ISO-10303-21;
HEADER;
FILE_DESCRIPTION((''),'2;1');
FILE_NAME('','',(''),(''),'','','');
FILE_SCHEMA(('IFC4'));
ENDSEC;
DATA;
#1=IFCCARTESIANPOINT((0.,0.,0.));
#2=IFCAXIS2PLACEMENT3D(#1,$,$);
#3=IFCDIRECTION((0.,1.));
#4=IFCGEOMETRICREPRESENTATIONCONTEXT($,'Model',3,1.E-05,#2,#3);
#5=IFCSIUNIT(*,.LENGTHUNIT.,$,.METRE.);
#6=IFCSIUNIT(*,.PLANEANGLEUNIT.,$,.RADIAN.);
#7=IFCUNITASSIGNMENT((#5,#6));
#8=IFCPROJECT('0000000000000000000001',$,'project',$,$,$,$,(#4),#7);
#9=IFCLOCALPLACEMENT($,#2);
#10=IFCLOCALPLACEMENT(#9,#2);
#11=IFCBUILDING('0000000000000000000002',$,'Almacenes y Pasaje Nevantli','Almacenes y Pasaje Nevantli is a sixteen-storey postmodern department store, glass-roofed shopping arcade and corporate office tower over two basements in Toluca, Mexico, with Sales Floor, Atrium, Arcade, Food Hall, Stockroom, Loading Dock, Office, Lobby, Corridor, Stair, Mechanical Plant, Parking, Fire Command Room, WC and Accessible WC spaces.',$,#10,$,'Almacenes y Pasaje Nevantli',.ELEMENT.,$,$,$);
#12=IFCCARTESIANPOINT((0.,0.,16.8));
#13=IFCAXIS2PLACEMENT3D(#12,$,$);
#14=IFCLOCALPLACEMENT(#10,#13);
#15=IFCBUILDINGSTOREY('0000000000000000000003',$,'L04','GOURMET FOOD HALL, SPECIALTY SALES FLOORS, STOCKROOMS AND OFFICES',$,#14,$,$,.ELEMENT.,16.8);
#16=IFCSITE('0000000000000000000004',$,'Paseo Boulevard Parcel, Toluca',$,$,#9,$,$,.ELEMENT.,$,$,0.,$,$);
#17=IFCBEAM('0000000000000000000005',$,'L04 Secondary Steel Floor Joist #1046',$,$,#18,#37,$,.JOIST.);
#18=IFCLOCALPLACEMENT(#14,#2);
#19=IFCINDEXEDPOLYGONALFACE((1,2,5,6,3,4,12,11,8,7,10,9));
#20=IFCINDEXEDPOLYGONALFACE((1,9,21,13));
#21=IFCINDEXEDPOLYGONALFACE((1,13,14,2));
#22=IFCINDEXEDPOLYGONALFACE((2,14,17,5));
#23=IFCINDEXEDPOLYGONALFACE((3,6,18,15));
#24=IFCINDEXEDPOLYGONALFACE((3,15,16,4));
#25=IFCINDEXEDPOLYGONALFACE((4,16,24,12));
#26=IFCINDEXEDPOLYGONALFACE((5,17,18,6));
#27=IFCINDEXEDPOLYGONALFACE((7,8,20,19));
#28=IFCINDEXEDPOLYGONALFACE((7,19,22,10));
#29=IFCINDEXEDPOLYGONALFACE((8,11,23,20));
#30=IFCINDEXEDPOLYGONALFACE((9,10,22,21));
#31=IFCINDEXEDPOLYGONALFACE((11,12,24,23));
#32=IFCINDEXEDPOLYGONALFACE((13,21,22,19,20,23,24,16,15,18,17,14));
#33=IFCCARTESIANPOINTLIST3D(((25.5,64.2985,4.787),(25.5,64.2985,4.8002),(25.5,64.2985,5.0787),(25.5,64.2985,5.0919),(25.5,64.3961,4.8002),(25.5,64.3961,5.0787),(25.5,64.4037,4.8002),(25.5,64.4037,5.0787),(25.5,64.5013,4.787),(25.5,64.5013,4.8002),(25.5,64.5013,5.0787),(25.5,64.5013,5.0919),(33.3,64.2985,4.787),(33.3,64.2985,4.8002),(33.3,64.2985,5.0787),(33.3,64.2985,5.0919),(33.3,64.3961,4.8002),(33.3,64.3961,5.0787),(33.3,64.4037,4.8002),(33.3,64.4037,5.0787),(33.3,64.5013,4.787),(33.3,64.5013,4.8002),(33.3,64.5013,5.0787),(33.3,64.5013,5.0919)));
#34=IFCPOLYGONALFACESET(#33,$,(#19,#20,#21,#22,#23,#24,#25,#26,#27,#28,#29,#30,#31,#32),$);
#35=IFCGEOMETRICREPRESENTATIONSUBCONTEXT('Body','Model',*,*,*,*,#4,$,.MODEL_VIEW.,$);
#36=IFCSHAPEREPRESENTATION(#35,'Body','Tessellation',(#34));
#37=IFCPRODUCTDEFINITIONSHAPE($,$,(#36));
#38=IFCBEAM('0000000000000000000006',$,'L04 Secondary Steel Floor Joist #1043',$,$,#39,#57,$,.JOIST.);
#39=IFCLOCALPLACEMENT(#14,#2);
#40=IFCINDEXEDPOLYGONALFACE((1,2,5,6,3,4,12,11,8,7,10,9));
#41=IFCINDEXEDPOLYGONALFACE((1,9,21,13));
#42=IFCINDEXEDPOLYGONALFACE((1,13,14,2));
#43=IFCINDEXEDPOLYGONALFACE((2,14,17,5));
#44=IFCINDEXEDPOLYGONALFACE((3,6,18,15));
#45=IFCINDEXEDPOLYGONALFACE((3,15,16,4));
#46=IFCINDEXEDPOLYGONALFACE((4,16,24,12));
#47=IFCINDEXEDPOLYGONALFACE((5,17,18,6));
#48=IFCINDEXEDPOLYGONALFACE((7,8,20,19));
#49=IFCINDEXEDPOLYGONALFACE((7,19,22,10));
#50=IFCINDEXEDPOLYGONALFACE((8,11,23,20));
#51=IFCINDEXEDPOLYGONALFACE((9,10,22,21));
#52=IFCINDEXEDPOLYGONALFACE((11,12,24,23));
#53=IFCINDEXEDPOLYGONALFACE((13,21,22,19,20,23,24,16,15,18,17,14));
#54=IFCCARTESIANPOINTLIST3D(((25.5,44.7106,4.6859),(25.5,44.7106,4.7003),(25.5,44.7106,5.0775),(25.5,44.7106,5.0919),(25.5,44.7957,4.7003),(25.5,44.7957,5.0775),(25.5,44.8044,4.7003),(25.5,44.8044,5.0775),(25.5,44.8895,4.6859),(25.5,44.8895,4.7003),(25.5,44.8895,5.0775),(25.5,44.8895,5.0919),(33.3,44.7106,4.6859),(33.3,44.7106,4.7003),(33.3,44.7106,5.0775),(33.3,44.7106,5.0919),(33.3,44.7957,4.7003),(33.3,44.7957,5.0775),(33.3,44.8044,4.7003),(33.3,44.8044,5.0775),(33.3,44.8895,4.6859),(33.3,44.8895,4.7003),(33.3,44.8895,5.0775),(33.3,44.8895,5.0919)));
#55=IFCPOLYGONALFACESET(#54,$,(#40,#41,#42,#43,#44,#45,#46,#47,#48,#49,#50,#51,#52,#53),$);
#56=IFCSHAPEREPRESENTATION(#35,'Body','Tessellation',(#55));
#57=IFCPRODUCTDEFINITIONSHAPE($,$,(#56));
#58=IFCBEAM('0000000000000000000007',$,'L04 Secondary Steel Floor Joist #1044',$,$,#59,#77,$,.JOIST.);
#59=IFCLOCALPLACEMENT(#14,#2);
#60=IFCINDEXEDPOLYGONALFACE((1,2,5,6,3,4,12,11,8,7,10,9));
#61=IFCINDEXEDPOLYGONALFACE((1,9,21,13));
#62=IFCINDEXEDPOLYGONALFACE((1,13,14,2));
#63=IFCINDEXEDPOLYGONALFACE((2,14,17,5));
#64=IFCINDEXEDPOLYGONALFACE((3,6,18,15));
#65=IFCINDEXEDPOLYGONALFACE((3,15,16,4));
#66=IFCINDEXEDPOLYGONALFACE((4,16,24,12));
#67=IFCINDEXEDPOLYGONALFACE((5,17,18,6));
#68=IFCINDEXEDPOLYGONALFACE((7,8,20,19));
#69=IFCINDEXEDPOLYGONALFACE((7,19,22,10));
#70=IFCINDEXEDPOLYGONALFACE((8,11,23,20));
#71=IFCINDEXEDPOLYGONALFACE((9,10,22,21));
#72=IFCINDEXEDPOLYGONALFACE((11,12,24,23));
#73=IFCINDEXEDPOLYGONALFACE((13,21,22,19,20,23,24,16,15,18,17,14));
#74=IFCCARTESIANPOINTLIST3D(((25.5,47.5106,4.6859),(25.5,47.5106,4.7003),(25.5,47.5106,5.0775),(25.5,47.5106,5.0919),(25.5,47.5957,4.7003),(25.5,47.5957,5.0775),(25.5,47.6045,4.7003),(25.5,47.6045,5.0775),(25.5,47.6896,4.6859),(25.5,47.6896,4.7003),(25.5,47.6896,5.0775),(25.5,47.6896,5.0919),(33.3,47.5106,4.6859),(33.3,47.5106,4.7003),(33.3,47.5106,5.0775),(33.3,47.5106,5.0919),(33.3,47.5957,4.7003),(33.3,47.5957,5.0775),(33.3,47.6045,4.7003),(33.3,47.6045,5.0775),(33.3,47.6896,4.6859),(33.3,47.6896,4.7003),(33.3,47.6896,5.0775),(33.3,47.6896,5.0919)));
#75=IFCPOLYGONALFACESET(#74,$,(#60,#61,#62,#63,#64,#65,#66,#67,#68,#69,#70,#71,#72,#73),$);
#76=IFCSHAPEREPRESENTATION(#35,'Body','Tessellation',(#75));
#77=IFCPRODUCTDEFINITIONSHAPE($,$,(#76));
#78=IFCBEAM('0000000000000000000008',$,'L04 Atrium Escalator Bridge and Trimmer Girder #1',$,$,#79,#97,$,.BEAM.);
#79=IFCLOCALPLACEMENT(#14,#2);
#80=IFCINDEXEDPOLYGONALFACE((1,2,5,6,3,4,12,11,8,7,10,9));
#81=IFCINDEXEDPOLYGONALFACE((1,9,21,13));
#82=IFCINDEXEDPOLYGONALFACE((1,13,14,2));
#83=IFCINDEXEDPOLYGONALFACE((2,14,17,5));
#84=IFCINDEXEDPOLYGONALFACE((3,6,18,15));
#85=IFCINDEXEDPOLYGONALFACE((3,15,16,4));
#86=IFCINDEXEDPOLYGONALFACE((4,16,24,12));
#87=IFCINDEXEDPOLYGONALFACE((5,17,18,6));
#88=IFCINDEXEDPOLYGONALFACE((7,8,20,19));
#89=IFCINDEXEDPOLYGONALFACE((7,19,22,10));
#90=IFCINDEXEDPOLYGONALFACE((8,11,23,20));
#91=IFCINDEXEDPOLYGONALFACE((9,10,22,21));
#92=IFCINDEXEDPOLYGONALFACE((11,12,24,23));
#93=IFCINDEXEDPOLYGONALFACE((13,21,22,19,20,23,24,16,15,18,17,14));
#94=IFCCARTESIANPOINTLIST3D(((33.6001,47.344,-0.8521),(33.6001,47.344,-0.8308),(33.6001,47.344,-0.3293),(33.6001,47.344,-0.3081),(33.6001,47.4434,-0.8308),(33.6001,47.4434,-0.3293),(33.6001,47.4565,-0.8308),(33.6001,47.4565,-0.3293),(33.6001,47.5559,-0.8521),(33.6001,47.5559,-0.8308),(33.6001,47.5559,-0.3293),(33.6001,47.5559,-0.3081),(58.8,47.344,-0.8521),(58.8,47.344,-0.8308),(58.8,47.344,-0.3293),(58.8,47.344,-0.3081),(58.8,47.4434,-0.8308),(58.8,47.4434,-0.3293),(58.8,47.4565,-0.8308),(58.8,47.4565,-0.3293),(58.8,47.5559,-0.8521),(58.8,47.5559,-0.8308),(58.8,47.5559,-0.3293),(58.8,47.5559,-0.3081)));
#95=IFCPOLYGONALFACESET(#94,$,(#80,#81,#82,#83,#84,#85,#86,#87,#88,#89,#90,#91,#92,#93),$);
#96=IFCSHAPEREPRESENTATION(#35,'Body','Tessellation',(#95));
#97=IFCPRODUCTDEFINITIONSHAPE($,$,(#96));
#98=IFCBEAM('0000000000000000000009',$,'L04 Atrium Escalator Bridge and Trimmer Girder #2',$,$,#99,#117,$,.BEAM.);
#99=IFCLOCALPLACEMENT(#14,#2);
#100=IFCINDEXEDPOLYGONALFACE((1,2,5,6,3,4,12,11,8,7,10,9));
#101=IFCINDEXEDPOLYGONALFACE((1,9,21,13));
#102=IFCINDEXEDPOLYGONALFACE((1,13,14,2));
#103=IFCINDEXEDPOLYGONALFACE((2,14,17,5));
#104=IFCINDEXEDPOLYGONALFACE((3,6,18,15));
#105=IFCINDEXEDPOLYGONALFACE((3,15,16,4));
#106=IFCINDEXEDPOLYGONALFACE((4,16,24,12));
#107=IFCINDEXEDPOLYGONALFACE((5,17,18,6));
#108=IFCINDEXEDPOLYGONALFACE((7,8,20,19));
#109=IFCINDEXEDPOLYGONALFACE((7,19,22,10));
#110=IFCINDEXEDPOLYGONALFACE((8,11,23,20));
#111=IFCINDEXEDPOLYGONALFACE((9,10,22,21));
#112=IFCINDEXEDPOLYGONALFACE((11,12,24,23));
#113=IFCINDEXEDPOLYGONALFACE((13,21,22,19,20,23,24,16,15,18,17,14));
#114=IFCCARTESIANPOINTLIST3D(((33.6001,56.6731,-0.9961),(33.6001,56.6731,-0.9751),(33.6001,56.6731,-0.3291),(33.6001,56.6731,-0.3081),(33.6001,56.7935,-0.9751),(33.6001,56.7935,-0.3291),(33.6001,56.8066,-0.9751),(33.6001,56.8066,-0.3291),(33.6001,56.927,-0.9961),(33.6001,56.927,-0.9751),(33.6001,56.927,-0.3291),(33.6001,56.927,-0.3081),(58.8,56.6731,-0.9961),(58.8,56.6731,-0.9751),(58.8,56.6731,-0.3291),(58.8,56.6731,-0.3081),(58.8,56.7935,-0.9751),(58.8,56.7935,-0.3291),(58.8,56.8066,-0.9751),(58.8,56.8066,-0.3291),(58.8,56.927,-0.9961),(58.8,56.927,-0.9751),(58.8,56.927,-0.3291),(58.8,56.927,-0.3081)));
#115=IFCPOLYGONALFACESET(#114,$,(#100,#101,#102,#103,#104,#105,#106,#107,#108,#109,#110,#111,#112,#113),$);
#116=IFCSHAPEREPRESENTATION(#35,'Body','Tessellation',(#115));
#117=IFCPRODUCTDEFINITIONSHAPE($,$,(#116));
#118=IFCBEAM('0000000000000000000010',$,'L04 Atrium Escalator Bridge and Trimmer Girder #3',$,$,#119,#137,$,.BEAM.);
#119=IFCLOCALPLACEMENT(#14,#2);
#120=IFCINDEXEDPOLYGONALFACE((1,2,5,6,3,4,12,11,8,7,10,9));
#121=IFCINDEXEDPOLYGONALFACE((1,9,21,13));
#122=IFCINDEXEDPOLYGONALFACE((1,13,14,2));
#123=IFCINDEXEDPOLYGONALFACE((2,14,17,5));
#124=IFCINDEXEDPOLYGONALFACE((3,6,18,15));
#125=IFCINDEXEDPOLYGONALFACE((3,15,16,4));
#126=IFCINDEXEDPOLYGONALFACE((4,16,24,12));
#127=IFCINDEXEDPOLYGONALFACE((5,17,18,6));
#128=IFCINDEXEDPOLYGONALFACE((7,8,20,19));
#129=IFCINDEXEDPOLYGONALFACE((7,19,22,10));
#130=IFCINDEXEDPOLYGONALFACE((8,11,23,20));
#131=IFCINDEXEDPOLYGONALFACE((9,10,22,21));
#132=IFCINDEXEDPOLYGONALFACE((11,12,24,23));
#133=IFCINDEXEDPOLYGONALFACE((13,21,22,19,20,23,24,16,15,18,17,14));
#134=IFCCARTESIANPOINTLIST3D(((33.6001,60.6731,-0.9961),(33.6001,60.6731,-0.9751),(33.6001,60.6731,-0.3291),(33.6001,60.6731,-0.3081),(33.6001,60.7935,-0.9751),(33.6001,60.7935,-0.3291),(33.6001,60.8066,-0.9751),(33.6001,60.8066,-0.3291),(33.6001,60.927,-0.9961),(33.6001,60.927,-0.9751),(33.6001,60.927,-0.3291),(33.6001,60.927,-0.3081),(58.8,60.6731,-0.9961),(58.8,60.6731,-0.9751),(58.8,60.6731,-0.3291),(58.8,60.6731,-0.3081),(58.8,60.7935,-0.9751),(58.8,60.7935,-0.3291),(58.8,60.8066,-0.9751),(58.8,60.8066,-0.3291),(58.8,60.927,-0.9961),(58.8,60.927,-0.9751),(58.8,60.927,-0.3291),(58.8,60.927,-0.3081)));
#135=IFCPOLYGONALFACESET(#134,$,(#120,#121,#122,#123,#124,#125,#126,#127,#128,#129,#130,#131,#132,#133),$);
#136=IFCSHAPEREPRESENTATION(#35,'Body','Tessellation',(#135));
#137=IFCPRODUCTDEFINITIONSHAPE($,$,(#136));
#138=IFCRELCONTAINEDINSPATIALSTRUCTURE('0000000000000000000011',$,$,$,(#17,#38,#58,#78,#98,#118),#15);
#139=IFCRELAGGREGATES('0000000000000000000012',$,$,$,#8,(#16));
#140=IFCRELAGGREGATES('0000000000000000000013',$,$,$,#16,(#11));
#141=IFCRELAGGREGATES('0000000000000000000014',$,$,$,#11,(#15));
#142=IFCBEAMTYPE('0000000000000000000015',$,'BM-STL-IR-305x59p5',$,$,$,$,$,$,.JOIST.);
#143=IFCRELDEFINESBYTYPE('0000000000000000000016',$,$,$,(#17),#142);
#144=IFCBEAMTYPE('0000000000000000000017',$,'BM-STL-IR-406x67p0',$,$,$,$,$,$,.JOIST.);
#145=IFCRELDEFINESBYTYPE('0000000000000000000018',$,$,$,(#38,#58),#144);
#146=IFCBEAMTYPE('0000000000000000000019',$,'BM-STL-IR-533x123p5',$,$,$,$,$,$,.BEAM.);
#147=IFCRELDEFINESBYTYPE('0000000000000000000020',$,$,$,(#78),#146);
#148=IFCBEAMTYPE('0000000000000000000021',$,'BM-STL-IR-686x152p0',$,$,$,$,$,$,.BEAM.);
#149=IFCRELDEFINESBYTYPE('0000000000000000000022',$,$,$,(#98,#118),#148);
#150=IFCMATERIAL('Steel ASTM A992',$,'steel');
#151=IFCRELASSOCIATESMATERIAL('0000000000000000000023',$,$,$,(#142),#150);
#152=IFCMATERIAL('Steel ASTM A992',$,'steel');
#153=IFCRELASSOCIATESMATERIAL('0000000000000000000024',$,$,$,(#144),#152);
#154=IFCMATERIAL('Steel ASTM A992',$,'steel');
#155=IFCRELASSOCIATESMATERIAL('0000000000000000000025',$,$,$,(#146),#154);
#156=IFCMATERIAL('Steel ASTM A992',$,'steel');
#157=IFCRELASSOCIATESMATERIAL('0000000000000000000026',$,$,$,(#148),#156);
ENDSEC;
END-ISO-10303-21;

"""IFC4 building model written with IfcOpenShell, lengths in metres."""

from ifc_helpers import new_model, si_unit, direction, frame, origin, origin_2d, place, context, subcontext, project, spatial, i_section, extrude, material, material_profile, profile_set, type_object, element, save


model = new_model("IFC4")

# Units and contexts
model_context = context("Model", 3, precision=1e-05, world=origin(), true_north=direction((0.0, 1.0)))
body_context = subcontext(model_context, "Body", "Model", "MODEL_VIEW")
ifc_project = project(units=[si_unit("LENGTHUNIT", "METRE"), si_unit("PLANEANGLEUNIT", "RADIAN")], contexts=[model_context])

# Site, building, storey
site_placement = place(None, origin())
site = spatial("IfcSite", under=ifc_project, at=site_placement, Name="Paseo Boulevard Parcel, Toluca", CompositionType="ELEMENT", RefElevation=0.0)
building_placement = place(site_placement, origin())
building = spatial("IfcBuilding", under=site, at=building_placement, Name="Almacenes y Pasaje Nevantli", Description="Almacenes y Pasaje Nevantli is a sixteen-storey postmodern department store, glass-roofed shopping arcade and corporate office tower over two basements in Toluca, Mexico, with Sales Floor, Atrium, Arcade, Food Hall, Stockroom, Loading Dock, Office, Lobby, Corridor, Stair, Mechanical Plant, Parking, Fire Command Room, WC and Accessible WC spaces.", LongName="Almacenes y Pasaje Nevantli", CompositionType="ELEMENT")
storey_placement = place(building_placement, frame((0.0, 0.0, 16.8)))
storey = spatial("IfcBuildingStorey", under=building, at=storey_placement, Name="L04", Description="GOURMET FOOD HALL, SPECIALTY SALES FLOORS, STOCKROOMS AND OFFICES", CompositionType="ELEMENT", Elevation=16.8)

# Beams
ifc_material_1 = material(Name="Steel ASTM A992", Category="steel")
ifc_material_profile_1 = material_profile(ifc_material_1, i_section(OverallWidth=0.2029, OverallDepth=0.3049, WebThickness=0.0076, FlangeThickness=0.0132, at=origin_2d()), Name="IR 305x59.5")
ifc_profile_set_1 = profile_set([ifc_material_profile_1], Name="Steel ASTM A992")
beam_type_1 = type_object("IfcBeamType", Name="BM-STL-IR-305x59p5", PredefinedType="JOIST", material=ifc_profile_set_1)
for number, where, z_axis, x_axis, name in (
    (1, (25.5, 64.3999, 4.9395), (1.0, 0.0, 0.0), (0.0, 1.0, 0.0), "L04 Secondary Steel Floor Joist #1046"),
):
    element("IfcBeam", number, at=place(storey_placement, frame(where, z_axis=z_axis, x_axis=x_axis)), inside=storey, type_object=beam_type_1, Name=name, PredefinedType="JOIST", context=body_context, shape_type="SweptSolid", body=[
        extrude(i_section(OverallWidth=0.2029, OverallDepth=0.3049, WebThickness=0.0076, FlangeThickness=0.0132, at=origin_2d()), origin(), (0.0, 0.0, 1.0), 7.8),
    ])
ifc_material_2 = material(Name="Steel ASTM A992", Category="steel")
ifc_material_profile_2 = material_profile(ifc_material_2, i_section(OverallWidth=0.179, OverallDepth=0.406, WebThickness=0.0088, FlangeThickness=0.0144, at=origin_2d()), Name="IR 406x67.0")
ifc_profile_set_2 = profile_set([ifc_material_profile_2], Name="Steel ASTM A992")
beam_type_2 = type_object("IfcBeamType", Name="BM-STL-IR-406x67p0", PredefinedType="JOIST", material=ifc_profile_set_2)
for number, where, z_axis, x_axis, name in (
    (2, (25.5, 44.8, 4.8889), (1.0, 0.0, 0.0), (0.0, 1.0, 0.0), "L04 Secondary Steel Floor Joist #1043"),
    (3, (25.5, 47.6001, 4.8889), (1.0, 0.0, 0.0), (0.0, 1.0, 0.0), "L04 Secondary Steel Floor Joist #1044"),
):
    element("IfcBeam", number, at=place(storey_placement, frame(where, z_axis=z_axis, x_axis=x_axis)), inside=storey, type_object=beam_type_2, Name=name, PredefinedType="JOIST", context=body_context, shape_type="SweptSolid", body=[
        extrude(i_section(OverallWidth=0.179, OverallDepth=0.406, WebThickness=0.0088, FlangeThickness=0.0144, at=origin_2d()), origin(), (0.0, 0.0, 1.0), 7.8),
    ])
ifc_material_3 = material(Name="Steel ASTM A992", Category="steel")
ifc_material_profile_3 = material_profile(ifc_material_3, i_section(OverallWidth=0.2119, OverallDepth=0.5439, WebThickness=0.0132, FlangeThickness=0.0212, at=origin_2d()), Name="IR 533x123.5")
ifc_profile_set_3 = profile_set([ifc_material_profile_3], Name="Steel ASTM A992")
beam_type_3 = type_object("IfcBeamType", Name="BM-STL-IR-533x123p5", PredefinedType="BEAM", material=ifc_profile_set_3)
beam_1_placement = place(storey_placement, frame((33.6001, 47.45, -0.5801), z_axis=(1.0, 0.0, 0.0), x_axis=(0.0, 1.0, 0.0)))
element("IfcBeam", 4, at=beam_1_placement, inside=storey, type_object=beam_type_3, Name="L04 Atrium Escalator Bridge and Trimmer Girder #1", PredefinedType="BEAM", context=body_context, shape_type="SweptSolid", body=[
    extrude(i_section(OverallWidth=0.2119, OverallDepth=0.5439, WebThickness=0.0132, FlangeThickness=0.0212, at=origin_2d()), origin(), (0.0, 0.0, 1.0), 25.2),
])
ifc_material_4 = material(Name="Steel ASTM A992", Category="steel")
ifc_material_profile_4 = material_profile(ifc_material_4, i_section(OverallWidth=0.2539, OverallDepth=0.688, WebThickness=0.0132, FlangeThickness=0.021, at=origin_2d()), Name="IR 686x152.0")
ifc_profile_set_4 = profile_set([ifc_material_profile_4], Name="Steel ASTM A992")
beam_type_4 = type_object("IfcBeamType", Name="BM-STL-IR-686x152p0", PredefinedType="BEAM", material=ifc_profile_set_4)
for number, where, z_axis, x_axis, name in (
    (5, (33.6001, 56.8, -0.6521), (1.0, 0.0, 0.0), (0.0, 1.0, 0.0), "L04 Atrium Escalator Bridge and Trimmer Girder #2"),
    (6, (33.6001, 60.8, -0.6521), (1.0, 0.0, 0.0), (0.0, 1.0, 0.0), "L04 Atrium Escalator Bridge and Trimmer Girder #3"),
):
    element("IfcBeam", number, at=place(storey_placement, frame(where, z_axis=z_axis, x_axis=x_axis)), inside=storey, type_object=beam_type_4, Name=name, PredefinedType="BEAM", context=body_context, shape_type="SweptSolid", body=[
        extrude(i_section(OverallWidth=0.2539, OverallDepth=0.688, WebThickness=0.0132, FlangeThickness=0.021, at=origin_2d()), origin(), (0.0, 0.0, 1.0), 25.2),
    ])

save(model, "model.ifc")
